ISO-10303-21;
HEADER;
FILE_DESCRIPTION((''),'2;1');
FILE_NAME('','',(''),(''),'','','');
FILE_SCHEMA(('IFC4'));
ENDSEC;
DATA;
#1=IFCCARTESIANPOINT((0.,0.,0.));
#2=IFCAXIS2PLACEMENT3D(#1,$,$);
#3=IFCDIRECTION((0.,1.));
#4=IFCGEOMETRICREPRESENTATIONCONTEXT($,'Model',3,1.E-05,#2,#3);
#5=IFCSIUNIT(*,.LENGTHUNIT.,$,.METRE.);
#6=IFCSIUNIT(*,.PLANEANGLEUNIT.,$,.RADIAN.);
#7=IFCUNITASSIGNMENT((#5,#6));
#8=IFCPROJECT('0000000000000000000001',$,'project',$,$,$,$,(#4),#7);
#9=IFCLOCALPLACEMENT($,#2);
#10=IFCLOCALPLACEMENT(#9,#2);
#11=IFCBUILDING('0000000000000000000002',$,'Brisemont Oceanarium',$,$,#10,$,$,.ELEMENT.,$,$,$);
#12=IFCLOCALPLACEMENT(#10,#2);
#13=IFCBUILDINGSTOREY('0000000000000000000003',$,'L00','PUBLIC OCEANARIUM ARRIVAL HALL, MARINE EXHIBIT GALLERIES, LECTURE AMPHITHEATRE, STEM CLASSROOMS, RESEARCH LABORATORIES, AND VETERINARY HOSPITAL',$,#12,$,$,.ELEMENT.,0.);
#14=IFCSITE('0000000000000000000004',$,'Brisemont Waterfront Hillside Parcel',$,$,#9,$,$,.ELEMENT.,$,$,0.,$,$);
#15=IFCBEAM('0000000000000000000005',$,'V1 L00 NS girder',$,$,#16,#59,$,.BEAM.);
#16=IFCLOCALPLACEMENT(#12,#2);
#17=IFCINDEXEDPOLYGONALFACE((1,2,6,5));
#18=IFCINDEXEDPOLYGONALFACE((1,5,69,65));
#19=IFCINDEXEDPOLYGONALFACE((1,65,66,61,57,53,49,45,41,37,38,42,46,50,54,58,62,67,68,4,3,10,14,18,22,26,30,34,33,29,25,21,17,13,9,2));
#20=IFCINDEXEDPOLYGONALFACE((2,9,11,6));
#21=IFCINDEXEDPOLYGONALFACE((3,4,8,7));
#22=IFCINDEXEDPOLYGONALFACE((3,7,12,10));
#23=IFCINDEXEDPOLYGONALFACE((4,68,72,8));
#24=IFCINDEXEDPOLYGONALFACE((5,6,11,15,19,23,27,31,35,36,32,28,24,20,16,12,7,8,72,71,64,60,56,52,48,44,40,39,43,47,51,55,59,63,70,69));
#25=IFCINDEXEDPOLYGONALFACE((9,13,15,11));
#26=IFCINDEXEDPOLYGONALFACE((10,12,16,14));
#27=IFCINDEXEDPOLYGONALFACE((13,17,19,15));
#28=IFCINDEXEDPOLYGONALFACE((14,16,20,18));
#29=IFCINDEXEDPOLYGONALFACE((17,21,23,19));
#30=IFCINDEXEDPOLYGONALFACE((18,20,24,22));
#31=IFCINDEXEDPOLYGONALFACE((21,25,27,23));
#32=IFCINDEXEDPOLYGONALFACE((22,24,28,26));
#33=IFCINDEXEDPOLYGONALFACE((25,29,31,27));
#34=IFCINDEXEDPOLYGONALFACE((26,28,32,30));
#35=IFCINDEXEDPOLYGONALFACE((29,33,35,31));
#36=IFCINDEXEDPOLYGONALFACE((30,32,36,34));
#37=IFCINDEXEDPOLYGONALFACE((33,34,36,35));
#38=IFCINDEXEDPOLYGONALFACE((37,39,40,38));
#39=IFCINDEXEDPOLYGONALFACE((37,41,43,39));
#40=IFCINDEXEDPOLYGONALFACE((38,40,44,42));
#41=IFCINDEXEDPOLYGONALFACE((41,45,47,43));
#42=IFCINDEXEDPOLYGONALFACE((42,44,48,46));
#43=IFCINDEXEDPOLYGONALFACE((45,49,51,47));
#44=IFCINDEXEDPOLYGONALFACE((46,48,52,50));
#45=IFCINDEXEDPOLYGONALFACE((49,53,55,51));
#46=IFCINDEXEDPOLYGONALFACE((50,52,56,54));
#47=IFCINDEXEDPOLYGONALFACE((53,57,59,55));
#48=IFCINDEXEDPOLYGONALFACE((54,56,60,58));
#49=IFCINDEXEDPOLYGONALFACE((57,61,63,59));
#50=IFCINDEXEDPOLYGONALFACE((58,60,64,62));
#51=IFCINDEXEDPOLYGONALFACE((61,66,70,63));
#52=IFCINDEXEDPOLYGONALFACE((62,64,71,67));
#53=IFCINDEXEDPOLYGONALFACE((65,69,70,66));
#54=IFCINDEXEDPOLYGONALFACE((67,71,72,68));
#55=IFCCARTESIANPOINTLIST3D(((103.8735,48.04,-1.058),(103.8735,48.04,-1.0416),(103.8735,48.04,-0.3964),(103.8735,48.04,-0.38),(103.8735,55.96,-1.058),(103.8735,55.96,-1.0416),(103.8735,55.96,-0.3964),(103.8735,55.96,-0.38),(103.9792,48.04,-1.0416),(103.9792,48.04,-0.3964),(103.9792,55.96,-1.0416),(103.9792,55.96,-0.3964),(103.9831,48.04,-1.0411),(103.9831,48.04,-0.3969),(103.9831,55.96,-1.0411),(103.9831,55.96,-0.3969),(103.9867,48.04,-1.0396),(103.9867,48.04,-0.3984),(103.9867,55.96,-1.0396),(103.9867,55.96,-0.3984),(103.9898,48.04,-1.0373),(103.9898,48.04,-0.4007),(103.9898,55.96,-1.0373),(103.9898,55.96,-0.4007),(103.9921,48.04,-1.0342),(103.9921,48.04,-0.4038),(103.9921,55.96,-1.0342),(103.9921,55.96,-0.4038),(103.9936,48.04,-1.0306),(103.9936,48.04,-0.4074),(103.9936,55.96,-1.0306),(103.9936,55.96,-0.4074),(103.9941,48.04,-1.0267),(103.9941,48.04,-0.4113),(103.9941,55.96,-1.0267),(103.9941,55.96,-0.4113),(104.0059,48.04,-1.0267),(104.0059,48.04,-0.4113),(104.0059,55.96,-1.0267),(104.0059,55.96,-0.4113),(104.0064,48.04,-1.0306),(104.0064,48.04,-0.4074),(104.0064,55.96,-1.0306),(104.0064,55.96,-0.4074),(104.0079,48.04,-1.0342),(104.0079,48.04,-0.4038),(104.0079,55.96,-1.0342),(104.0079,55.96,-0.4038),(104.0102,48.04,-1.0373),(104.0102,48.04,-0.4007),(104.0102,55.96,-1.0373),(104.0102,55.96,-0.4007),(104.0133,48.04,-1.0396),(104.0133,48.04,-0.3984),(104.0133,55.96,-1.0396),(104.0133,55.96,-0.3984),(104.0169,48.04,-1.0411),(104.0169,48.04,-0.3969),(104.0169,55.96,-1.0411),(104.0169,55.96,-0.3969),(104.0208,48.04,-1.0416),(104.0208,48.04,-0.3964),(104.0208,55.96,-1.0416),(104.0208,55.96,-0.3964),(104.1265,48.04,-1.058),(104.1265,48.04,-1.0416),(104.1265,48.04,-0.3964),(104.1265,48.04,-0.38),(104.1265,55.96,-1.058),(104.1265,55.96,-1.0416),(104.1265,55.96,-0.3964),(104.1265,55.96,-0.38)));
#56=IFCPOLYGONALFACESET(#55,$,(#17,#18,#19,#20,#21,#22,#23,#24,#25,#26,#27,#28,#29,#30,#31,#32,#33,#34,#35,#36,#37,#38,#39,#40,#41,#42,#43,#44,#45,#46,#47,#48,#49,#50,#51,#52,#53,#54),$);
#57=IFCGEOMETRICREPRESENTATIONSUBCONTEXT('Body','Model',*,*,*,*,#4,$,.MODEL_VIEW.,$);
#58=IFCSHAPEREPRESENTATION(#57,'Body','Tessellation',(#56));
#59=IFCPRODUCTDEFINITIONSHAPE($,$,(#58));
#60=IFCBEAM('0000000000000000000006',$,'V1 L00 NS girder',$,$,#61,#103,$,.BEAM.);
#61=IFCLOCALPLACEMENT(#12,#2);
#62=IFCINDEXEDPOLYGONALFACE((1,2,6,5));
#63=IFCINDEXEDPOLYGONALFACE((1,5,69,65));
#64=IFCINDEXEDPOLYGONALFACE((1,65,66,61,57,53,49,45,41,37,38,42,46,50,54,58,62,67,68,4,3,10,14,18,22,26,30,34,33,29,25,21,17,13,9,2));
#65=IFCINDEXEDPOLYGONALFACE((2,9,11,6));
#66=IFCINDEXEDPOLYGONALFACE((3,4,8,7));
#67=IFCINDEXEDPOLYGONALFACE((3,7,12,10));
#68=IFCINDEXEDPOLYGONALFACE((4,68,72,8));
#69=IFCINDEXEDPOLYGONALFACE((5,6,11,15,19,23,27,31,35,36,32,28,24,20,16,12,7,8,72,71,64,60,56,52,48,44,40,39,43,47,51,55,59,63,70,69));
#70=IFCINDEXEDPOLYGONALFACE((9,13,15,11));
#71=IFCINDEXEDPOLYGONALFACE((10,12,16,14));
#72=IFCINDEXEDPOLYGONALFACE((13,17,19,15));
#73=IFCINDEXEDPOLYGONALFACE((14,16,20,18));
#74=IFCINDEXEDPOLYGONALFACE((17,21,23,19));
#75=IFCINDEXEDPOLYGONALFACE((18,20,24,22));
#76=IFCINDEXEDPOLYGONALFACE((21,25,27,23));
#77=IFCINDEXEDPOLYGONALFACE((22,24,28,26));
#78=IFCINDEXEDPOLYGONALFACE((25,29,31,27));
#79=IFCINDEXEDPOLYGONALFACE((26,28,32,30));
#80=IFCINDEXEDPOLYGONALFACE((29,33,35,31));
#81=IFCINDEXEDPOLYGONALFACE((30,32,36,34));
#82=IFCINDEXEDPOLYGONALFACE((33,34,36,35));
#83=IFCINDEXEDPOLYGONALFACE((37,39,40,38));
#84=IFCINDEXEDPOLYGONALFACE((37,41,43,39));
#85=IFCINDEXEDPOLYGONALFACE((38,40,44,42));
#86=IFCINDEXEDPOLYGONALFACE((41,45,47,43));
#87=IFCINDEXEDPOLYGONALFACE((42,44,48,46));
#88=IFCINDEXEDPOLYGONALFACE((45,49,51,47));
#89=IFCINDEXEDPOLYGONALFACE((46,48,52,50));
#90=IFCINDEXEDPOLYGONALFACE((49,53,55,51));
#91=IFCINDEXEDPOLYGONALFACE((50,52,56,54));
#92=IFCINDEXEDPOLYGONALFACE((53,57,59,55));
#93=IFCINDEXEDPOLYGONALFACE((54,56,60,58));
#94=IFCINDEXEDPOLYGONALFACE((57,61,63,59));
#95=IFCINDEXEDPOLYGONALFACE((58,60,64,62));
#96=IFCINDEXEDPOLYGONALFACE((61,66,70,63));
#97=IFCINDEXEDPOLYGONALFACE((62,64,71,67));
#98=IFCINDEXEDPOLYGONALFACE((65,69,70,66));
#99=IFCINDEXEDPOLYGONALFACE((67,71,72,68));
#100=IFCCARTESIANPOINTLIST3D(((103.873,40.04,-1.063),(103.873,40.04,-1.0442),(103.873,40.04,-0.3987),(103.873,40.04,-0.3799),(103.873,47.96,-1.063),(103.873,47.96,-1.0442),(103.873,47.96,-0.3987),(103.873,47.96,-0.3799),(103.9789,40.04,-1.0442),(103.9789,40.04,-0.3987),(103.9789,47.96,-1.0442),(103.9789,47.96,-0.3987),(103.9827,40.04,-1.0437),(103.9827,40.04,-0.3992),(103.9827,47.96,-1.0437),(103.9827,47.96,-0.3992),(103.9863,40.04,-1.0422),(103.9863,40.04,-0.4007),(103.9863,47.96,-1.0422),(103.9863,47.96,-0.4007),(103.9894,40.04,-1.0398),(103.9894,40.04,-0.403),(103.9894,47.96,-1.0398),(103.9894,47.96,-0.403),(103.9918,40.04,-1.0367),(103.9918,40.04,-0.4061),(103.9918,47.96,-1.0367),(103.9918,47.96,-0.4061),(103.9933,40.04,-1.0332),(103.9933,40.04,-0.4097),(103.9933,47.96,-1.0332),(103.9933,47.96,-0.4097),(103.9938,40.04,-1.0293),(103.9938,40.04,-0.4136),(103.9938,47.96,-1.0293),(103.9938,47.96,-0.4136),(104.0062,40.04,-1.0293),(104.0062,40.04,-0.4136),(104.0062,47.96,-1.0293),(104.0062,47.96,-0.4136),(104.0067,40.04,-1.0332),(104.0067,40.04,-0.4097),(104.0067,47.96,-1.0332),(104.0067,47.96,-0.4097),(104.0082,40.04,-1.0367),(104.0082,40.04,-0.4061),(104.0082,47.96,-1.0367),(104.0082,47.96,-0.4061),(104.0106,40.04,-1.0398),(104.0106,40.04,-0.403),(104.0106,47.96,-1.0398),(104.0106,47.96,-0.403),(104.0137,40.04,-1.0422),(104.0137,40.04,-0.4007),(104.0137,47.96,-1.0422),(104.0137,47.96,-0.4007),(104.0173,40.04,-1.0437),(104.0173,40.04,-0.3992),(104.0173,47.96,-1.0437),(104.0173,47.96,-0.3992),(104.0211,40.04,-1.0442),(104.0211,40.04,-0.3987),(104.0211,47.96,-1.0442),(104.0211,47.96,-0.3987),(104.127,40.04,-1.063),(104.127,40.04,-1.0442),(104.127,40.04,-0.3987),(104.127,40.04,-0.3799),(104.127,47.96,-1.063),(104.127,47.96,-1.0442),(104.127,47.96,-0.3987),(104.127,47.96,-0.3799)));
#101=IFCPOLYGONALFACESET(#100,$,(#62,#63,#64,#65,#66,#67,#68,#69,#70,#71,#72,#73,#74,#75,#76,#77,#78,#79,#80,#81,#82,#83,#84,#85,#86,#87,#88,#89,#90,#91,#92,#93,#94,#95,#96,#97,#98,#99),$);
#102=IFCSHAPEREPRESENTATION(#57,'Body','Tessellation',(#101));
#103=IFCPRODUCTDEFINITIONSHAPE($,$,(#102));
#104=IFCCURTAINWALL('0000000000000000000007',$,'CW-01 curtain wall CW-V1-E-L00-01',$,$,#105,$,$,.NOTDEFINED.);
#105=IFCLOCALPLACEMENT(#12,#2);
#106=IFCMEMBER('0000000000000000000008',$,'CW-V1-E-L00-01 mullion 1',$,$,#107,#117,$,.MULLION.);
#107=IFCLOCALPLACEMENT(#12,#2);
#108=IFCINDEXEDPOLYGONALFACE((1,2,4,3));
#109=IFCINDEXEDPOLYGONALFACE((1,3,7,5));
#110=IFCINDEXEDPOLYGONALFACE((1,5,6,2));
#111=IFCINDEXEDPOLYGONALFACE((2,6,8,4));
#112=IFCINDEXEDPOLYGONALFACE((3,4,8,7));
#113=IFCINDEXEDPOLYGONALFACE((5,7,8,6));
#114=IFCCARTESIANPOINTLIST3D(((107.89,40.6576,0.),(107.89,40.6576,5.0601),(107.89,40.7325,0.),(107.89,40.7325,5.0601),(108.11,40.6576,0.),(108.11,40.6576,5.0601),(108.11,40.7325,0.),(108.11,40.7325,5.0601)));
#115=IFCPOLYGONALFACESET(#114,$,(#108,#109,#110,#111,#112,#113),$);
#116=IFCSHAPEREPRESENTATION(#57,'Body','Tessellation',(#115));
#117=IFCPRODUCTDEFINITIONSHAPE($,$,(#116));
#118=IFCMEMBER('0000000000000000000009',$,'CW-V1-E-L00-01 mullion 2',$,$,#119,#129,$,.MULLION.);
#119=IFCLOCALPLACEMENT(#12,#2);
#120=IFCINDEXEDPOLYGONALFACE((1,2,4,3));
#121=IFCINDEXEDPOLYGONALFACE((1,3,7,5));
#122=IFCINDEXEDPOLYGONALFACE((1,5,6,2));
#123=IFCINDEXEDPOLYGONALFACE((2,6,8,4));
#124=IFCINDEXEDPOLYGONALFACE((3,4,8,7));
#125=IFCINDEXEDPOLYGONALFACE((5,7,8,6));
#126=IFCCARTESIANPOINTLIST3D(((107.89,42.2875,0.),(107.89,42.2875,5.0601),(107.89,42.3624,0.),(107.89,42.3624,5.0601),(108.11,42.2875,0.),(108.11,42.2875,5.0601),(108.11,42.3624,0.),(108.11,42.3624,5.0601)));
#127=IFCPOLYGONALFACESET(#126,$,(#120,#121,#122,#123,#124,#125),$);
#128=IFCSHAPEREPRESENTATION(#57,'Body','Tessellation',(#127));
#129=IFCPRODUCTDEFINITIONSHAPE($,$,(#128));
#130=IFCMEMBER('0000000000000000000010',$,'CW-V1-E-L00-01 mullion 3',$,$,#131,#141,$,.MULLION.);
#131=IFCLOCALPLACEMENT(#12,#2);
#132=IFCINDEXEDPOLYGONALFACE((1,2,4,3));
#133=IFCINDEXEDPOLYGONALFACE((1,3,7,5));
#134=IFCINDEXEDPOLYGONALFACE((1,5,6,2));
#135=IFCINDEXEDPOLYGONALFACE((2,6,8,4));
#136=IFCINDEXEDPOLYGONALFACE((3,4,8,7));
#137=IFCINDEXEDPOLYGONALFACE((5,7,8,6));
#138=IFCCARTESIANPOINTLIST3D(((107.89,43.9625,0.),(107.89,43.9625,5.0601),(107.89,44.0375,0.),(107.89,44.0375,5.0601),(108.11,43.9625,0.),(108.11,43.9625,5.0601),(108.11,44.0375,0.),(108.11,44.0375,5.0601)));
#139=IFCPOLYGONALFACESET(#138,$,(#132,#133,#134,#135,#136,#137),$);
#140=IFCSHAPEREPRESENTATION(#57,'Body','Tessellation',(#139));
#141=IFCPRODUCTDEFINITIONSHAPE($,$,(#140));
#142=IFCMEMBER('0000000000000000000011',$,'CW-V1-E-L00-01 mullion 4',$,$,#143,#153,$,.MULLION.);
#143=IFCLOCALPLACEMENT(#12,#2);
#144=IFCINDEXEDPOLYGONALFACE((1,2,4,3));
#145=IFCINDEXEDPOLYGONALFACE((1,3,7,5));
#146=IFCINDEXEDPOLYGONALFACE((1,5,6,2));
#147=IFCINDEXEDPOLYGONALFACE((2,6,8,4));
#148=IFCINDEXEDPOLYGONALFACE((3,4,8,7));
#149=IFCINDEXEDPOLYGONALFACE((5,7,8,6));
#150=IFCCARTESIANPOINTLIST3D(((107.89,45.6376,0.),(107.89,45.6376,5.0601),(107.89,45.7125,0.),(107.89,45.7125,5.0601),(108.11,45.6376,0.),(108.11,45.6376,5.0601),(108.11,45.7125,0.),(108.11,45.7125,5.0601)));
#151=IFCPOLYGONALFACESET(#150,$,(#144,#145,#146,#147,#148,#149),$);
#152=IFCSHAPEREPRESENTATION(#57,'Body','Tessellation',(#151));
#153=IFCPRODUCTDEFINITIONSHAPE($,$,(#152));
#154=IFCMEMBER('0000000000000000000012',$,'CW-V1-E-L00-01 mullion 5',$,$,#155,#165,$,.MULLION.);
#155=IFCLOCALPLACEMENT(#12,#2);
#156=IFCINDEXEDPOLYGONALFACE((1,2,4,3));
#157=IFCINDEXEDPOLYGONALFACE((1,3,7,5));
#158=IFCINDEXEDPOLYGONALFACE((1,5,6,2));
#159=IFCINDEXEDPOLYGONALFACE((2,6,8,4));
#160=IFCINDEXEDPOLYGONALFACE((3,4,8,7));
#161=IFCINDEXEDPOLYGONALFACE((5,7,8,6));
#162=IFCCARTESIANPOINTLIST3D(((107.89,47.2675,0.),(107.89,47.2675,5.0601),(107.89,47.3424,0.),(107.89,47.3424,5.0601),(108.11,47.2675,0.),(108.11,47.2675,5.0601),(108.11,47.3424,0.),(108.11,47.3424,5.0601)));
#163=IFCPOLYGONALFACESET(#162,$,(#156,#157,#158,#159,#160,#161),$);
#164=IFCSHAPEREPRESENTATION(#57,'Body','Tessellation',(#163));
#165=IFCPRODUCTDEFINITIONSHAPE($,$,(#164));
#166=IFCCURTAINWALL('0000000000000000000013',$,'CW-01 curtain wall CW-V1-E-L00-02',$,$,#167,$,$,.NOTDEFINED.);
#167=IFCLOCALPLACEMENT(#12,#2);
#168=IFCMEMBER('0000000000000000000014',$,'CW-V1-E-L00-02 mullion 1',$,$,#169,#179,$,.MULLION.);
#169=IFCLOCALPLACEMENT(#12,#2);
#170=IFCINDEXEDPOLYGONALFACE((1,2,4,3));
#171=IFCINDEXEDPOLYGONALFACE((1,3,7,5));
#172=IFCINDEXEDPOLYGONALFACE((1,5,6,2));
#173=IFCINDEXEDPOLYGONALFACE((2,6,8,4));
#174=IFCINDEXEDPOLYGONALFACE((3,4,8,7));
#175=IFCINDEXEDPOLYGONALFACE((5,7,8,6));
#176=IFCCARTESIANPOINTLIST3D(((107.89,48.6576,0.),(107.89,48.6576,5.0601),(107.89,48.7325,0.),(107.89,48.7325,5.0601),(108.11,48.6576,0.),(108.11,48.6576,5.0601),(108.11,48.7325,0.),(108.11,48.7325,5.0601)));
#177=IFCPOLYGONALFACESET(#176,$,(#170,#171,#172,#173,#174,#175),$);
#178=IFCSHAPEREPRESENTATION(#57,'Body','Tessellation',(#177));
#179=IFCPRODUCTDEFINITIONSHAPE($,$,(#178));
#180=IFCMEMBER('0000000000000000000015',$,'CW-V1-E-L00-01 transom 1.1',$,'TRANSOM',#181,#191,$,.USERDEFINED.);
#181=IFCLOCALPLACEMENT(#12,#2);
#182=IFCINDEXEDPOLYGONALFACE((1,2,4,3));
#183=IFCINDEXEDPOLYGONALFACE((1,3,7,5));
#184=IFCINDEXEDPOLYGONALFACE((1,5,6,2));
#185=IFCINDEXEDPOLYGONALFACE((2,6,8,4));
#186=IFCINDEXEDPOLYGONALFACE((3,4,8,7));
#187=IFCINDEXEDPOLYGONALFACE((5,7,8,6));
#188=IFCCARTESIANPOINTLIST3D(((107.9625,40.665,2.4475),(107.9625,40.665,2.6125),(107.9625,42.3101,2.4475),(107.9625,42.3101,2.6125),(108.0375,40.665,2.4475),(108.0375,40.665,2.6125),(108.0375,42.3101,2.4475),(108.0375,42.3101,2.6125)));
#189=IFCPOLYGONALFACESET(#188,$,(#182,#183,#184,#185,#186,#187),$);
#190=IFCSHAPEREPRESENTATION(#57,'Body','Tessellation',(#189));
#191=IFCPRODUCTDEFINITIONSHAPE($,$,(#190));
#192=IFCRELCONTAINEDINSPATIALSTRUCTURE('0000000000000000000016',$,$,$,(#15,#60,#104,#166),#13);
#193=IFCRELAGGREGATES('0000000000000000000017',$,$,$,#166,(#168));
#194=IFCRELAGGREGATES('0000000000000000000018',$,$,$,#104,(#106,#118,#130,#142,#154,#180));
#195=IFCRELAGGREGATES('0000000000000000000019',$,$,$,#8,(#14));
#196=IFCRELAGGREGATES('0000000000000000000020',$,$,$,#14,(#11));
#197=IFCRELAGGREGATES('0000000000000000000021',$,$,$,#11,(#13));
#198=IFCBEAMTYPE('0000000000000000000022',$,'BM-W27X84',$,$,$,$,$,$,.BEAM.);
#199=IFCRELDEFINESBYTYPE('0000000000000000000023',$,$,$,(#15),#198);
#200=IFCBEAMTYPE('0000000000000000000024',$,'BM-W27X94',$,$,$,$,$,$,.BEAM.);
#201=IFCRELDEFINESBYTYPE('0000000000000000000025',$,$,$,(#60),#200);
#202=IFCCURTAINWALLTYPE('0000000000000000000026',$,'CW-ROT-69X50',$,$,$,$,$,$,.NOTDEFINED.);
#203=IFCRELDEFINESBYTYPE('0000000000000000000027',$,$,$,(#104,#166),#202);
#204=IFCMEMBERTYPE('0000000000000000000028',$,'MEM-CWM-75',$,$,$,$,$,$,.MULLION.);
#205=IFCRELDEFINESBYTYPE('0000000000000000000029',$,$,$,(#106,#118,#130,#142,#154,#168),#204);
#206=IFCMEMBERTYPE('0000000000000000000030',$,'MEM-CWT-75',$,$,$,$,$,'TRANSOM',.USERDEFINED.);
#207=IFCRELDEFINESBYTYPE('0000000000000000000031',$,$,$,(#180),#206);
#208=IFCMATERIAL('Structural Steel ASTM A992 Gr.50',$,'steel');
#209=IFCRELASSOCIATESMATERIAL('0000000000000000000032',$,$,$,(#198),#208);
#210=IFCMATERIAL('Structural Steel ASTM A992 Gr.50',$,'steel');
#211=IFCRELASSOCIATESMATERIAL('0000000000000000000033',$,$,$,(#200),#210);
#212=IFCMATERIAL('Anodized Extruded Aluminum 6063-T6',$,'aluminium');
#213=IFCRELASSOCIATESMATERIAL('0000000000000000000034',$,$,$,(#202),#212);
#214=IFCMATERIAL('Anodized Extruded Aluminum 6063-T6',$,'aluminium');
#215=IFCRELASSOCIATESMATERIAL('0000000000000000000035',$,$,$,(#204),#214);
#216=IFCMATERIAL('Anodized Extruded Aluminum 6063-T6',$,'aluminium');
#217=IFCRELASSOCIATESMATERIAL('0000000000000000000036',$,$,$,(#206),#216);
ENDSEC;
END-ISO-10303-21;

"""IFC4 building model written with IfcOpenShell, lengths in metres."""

from ifc_helpers import new_model, si_unit, direction, frame, origin, origin_2d, place, context, subcontext, project, spatial, rectangle, i_section, extrude, material, material_profile, profile_set, type_object, element, aggregate, save


model = new_model("IFC4")

# Units and contexts
model_context = context("Model", 3, precision=1e-05, world=origin(), true_north=direction((0.0, 1.0)))
body_context = subcontext(model_context, "Body", "Model", "MODEL_VIEW")
ifc_project = project(units=[si_unit("LENGTHUNIT", "METRE"), si_unit("PLANEANGLEUNIT", "RADIAN")], contexts=[model_context])

# Site, building, storey
site_placement = place(None, origin())
site = spatial("IfcSite", under=ifc_project, at=site_placement, Name="Brisemont Waterfront Hillside Parcel", CompositionType="ELEMENT", RefElevation=0.0)
building_placement = place(site_placement, origin())
building = spatial("IfcBuilding", under=site, at=building_placement, Name="Brisemont Oceanarium", CompositionType="ELEMENT")
storey_placement = place(building_placement, origin())
storey = spatial("IfcBuildingStorey", under=building, at=storey_placement, Name="L00", Description="PUBLIC OCEANARIUM ARRIVAL HALL, MARINE EXHIBIT GALLERIES, LECTURE AMPHITHEATRE, STEM CLASSROOMS, RESEARCH LABORATORIES, AND VETERINARY HOSPITAL", CompositionType="ELEMENT", Elevation=0.0)

# Beams
ifc_material_1 = material(Name="Structural Steel ASTM A992 Gr.50", Category="steel")
ifc_material_profile_1 = material_profile(ifc_material_1, i_section(OverallWidth=0.2529, OverallDepth=0.678, WebThickness=0.0117, FlangeThickness=0.0164, FilletRadius=0.0149, at=origin_2d()), Name="W27X84")
ifc_profile_set_1 = profile_set([ifc_material_profile_1], Name="Structural Steel ASTM A992 Gr.50")
beam_type_1 = type_object("IfcBeamType", Name="BM-W27X84", PredefinedType="BEAM", material=ifc_profile_set_1)
beam_1_placement = place(storey_placement, frame((104.0, 48.04, -0.719), z_axis=(0.0, 1.0, 0.0), x_axis=(-1.0, 0.0, 0.0)))
element("IfcBeam", 1, at=beam_1_placement, inside=storey, type_object=beam_type_1, Name="V1 L00 NS girder", PredefinedType="BEAM", context=body_context, shape_type="SweptSolid", body=[
    extrude(i_section(OverallWidth=0.2529, OverallDepth=0.678, WebThickness=0.0117, FlangeThickness=0.0164, FilletRadius=0.0149, at=origin_2d()), origin(), (0.0, 0.0, 1.0), 7.9199),
])
ifc_material_2 = material(Name="Structural Steel ASTM A992 Gr.50", Category="steel")
ifc_material_profile_2 = material_profile(ifc_material_2, i_section(OverallWidth=0.2539, OverallDepth=0.6831, WebThickness=0.0125, FlangeThickness=0.0188, FilletRadius=0.0149, at=origin_2d()), Name="W27X94")
ifc_profile_set_2 = profile_set([ifc_material_profile_2], Name="Structural Steel ASTM A992 Gr.50")
beam_type_2 = type_object("IfcBeamType", Name="BM-W27X94", PredefinedType="BEAM", material=ifc_profile_set_2)
beam_2_placement = place(storey_placement, frame((104.0, 40.04, -0.7214), z_axis=(0.0, 1.0, 0.0), x_axis=(-1.0, 0.0, 0.0)))
element("IfcBeam", 2, at=beam_2_placement, inside=storey, type_object=beam_type_2, Name="V1 L00 NS girder", PredefinedType="BEAM", context=body_context, shape_type="SweptSolid", body=[
    extrude(i_section(OverallWidth=0.2539, OverallDepth=0.6831, WebThickness=0.0125, FlangeThickness=0.0188, FilletRadius=0.0149, at=origin_2d()), origin(), (0.0, 0.0, 1.0), 7.9199),
])

# Curtain wall, members
ifc_material_3 = material(Name="Anodized Extruded Aluminum 6063-T6", Category="aluminium")
curtain_wall_type = type_object("IfcCurtainWallType", Name="CW-ROT-69X50", PredefinedType="NOTDEFINED", material=ifc_material_3)
curtain_wall_1_placement = place(storey_placement, origin())
curtain_wall_1 = element("IfcCurtainWall", 3, at=curtain_wall_1_placement, inside=storey, type_object=curtain_wall_type, Name="CW-01 curtain wall CW-V1-E-L00-01", PredefinedType="NOTDEFINED")
ifc_material_4 = material(Name="Anodized Extruded Aluminum 6063-T6", Category="aluminium")
ifc_material_profile_3 = material_profile(ifc_material_4, rectangle(XDim=0.075, YDim=0.22, at=origin_2d()), Name="CWM-75X220")
ifc_profile_set_3 = profile_set([ifc_material_profile_3], Name="Anodized Extruded Aluminum 6063-T6")
member_type_1 = type_object("IfcMemberType", Name="MEM-CWM-75", PredefinedType="MULLION", material=ifc_profile_set_3)
member_1_placement = place(storey_placement, frame((108.0, 40.6951, 0.0), z_axis=(0.0, 0.0, 1.0), x_axis=(0.0, 1.0, 0.0)))
member_1 = element("IfcMember", 4, at=member_1_placement, type_object=member_type_1, Name="CW-V1-E-L00-01 mullion 1", PredefinedType="MULLION", context=body_context, shape_type="SweptSolid", body=[
    extrude(rectangle(XDim=0.075, YDim=0.22, at=origin_2d()), origin(), (0.0, 0.0, 1.0), 5.0601),
])
member_2_placement = place(storey_placement, frame((108.0, 42.325, 0.0), z_axis=(0.0, 0.0, 1.0), x_axis=(0.0, 1.0, 0.0)))
member_2 = element("IfcMember", 5, at=member_2_placement, type_object=member_type_1, Name="CW-V1-E-L00-01 mullion 2", PredefinedType="MULLION", context=body_context, shape_type="SweptSolid", body=[
    extrude(rectangle(XDim=0.075, YDim=0.22, at=origin_2d()), origin(), (0.0, 0.0, 1.0), 5.0601),
])
member_3_placement = place(storey_placement, frame((108.0, 44.0, 0.0), z_axis=(0.0, 0.0, 1.0), x_axis=(0.0, 1.0, 0.0)))
member_3 = element("IfcMember", 6, at=member_3_placement, type_object=member_type_1, Name="CW-V1-E-L00-01 mullion 3", PredefinedType="MULLION", context=body_context, shape_type="SweptSolid", body=[
    extrude(rectangle(XDim=0.075, YDim=0.22, at=origin_2d()), origin(), (0.0, 0.0, 1.0), 5.0601),
])
member_4_placement = place(storey_placement, frame((108.0, 45.675, 0.0), z_axis=(0.0, 0.0, 1.0), x_axis=(0.0, 1.0, 0.0)))
member_4 = element("IfcMember", 7, at=member_4_placement, type_object=member_type_1, Name="CW-V1-E-L00-01 mullion 4", PredefinedType="MULLION", context=body_context, shape_type="SweptSolid", body=[
    extrude(rectangle(XDim=0.075, YDim=0.22, at=origin_2d()), origin(), (0.0, 0.0, 1.0), 5.0601),
])
member_5_placement = place(storey_placement, frame((108.0, 47.3049, 0.0), z_axis=(0.0, 0.0, 1.0), x_axis=(0.0, 1.0, 0.0)))
member_5 = element("IfcMember", 8, at=member_5_placement, type_object=member_type_1, Name="CW-V1-E-L00-01 mullion 5", PredefinedType="MULLION", context=body_context, shape_type="SweptSolid", body=[
    extrude(rectangle(XDim=0.075, YDim=0.22, at=origin_2d()), origin(), (0.0, 0.0, 1.0), 5.0601),
])

# Curtain wall, member
curtain_wall_2_placement = place(storey_placement, origin())
curtain_wall_2 = element("IfcCurtainWall", 9, at=curtain_wall_2_placement, inside=storey, type_object=curtain_wall_type, Name="CW-01 curtain wall CW-V1-E-L00-02", PredefinedType="NOTDEFINED")
member_6_placement = place(storey_placement, frame((108.0, 48.6951, 0.0), z_axis=(0.0, 0.0, 1.0), x_axis=(0.0, 1.0, 0.0)))
member_6 = element("IfcMember", 10, at=member_6_placement, type_object=member_type_1, Name="CW-V1-E-L00-02 mullion 1", PredefinedType="MULLION", context=body_context, shape_type="SweptSolid", body=[
    extrude(rectangle(XDim=0.075, YDim=0.22, at=origin_2d()), origin(), (0.0, 0.0, 1.0), 5.0601),
])

# Member
ifc_material_5 = material(Name="Anodized Extruded Aluminum 6063-T6", Category="aluminium")
ifc_material_profile_4 = material_profile(ifc_material_5, rectangle(XDim=0.075, YDim=0.165, at=origin_2d()), Name="CWT-75X165")
ifc_profile_set_4 = profile_set([ifc_material_profile_4], Name="Anodized Extruded Aluminum 6063-T6")
member_type_2 = type_object("IfcMemberType", Name="MEM-CWT-75", ElementType="TRANSOM", PredefinedType="USERDEFINED", material=ifc_profile_set_4)
member_7_placement = place(storey_placement, frame((108.0, 40.665, 2.53), z_axis=(0.0, 1.0, 0.0), x_axis=(-1.0, 0.0, 0.0)))
member_7 = element("IfcMember", 11, at=member_7_placement, type_object=member_type_2, Name="CW-V1-E-L00-01 transom 1.1", ObjectType="TRANSOM", PredefinedType="USERDEFINED", context=body_context, shape_type="SweptSolid", body=[
    extrude(rectangle(XDim=0.075, YDim=0.165, at=origin_2d()), origin(), (0.0, 0.0, 1.0), 1.645),
])
aggregate(curtain_wall_2, [member_6])

aggregate(curtain_wall_1, [member_1, member_2, member_3, member_4, member_5, member_7])

save(model, "model.ifc")
